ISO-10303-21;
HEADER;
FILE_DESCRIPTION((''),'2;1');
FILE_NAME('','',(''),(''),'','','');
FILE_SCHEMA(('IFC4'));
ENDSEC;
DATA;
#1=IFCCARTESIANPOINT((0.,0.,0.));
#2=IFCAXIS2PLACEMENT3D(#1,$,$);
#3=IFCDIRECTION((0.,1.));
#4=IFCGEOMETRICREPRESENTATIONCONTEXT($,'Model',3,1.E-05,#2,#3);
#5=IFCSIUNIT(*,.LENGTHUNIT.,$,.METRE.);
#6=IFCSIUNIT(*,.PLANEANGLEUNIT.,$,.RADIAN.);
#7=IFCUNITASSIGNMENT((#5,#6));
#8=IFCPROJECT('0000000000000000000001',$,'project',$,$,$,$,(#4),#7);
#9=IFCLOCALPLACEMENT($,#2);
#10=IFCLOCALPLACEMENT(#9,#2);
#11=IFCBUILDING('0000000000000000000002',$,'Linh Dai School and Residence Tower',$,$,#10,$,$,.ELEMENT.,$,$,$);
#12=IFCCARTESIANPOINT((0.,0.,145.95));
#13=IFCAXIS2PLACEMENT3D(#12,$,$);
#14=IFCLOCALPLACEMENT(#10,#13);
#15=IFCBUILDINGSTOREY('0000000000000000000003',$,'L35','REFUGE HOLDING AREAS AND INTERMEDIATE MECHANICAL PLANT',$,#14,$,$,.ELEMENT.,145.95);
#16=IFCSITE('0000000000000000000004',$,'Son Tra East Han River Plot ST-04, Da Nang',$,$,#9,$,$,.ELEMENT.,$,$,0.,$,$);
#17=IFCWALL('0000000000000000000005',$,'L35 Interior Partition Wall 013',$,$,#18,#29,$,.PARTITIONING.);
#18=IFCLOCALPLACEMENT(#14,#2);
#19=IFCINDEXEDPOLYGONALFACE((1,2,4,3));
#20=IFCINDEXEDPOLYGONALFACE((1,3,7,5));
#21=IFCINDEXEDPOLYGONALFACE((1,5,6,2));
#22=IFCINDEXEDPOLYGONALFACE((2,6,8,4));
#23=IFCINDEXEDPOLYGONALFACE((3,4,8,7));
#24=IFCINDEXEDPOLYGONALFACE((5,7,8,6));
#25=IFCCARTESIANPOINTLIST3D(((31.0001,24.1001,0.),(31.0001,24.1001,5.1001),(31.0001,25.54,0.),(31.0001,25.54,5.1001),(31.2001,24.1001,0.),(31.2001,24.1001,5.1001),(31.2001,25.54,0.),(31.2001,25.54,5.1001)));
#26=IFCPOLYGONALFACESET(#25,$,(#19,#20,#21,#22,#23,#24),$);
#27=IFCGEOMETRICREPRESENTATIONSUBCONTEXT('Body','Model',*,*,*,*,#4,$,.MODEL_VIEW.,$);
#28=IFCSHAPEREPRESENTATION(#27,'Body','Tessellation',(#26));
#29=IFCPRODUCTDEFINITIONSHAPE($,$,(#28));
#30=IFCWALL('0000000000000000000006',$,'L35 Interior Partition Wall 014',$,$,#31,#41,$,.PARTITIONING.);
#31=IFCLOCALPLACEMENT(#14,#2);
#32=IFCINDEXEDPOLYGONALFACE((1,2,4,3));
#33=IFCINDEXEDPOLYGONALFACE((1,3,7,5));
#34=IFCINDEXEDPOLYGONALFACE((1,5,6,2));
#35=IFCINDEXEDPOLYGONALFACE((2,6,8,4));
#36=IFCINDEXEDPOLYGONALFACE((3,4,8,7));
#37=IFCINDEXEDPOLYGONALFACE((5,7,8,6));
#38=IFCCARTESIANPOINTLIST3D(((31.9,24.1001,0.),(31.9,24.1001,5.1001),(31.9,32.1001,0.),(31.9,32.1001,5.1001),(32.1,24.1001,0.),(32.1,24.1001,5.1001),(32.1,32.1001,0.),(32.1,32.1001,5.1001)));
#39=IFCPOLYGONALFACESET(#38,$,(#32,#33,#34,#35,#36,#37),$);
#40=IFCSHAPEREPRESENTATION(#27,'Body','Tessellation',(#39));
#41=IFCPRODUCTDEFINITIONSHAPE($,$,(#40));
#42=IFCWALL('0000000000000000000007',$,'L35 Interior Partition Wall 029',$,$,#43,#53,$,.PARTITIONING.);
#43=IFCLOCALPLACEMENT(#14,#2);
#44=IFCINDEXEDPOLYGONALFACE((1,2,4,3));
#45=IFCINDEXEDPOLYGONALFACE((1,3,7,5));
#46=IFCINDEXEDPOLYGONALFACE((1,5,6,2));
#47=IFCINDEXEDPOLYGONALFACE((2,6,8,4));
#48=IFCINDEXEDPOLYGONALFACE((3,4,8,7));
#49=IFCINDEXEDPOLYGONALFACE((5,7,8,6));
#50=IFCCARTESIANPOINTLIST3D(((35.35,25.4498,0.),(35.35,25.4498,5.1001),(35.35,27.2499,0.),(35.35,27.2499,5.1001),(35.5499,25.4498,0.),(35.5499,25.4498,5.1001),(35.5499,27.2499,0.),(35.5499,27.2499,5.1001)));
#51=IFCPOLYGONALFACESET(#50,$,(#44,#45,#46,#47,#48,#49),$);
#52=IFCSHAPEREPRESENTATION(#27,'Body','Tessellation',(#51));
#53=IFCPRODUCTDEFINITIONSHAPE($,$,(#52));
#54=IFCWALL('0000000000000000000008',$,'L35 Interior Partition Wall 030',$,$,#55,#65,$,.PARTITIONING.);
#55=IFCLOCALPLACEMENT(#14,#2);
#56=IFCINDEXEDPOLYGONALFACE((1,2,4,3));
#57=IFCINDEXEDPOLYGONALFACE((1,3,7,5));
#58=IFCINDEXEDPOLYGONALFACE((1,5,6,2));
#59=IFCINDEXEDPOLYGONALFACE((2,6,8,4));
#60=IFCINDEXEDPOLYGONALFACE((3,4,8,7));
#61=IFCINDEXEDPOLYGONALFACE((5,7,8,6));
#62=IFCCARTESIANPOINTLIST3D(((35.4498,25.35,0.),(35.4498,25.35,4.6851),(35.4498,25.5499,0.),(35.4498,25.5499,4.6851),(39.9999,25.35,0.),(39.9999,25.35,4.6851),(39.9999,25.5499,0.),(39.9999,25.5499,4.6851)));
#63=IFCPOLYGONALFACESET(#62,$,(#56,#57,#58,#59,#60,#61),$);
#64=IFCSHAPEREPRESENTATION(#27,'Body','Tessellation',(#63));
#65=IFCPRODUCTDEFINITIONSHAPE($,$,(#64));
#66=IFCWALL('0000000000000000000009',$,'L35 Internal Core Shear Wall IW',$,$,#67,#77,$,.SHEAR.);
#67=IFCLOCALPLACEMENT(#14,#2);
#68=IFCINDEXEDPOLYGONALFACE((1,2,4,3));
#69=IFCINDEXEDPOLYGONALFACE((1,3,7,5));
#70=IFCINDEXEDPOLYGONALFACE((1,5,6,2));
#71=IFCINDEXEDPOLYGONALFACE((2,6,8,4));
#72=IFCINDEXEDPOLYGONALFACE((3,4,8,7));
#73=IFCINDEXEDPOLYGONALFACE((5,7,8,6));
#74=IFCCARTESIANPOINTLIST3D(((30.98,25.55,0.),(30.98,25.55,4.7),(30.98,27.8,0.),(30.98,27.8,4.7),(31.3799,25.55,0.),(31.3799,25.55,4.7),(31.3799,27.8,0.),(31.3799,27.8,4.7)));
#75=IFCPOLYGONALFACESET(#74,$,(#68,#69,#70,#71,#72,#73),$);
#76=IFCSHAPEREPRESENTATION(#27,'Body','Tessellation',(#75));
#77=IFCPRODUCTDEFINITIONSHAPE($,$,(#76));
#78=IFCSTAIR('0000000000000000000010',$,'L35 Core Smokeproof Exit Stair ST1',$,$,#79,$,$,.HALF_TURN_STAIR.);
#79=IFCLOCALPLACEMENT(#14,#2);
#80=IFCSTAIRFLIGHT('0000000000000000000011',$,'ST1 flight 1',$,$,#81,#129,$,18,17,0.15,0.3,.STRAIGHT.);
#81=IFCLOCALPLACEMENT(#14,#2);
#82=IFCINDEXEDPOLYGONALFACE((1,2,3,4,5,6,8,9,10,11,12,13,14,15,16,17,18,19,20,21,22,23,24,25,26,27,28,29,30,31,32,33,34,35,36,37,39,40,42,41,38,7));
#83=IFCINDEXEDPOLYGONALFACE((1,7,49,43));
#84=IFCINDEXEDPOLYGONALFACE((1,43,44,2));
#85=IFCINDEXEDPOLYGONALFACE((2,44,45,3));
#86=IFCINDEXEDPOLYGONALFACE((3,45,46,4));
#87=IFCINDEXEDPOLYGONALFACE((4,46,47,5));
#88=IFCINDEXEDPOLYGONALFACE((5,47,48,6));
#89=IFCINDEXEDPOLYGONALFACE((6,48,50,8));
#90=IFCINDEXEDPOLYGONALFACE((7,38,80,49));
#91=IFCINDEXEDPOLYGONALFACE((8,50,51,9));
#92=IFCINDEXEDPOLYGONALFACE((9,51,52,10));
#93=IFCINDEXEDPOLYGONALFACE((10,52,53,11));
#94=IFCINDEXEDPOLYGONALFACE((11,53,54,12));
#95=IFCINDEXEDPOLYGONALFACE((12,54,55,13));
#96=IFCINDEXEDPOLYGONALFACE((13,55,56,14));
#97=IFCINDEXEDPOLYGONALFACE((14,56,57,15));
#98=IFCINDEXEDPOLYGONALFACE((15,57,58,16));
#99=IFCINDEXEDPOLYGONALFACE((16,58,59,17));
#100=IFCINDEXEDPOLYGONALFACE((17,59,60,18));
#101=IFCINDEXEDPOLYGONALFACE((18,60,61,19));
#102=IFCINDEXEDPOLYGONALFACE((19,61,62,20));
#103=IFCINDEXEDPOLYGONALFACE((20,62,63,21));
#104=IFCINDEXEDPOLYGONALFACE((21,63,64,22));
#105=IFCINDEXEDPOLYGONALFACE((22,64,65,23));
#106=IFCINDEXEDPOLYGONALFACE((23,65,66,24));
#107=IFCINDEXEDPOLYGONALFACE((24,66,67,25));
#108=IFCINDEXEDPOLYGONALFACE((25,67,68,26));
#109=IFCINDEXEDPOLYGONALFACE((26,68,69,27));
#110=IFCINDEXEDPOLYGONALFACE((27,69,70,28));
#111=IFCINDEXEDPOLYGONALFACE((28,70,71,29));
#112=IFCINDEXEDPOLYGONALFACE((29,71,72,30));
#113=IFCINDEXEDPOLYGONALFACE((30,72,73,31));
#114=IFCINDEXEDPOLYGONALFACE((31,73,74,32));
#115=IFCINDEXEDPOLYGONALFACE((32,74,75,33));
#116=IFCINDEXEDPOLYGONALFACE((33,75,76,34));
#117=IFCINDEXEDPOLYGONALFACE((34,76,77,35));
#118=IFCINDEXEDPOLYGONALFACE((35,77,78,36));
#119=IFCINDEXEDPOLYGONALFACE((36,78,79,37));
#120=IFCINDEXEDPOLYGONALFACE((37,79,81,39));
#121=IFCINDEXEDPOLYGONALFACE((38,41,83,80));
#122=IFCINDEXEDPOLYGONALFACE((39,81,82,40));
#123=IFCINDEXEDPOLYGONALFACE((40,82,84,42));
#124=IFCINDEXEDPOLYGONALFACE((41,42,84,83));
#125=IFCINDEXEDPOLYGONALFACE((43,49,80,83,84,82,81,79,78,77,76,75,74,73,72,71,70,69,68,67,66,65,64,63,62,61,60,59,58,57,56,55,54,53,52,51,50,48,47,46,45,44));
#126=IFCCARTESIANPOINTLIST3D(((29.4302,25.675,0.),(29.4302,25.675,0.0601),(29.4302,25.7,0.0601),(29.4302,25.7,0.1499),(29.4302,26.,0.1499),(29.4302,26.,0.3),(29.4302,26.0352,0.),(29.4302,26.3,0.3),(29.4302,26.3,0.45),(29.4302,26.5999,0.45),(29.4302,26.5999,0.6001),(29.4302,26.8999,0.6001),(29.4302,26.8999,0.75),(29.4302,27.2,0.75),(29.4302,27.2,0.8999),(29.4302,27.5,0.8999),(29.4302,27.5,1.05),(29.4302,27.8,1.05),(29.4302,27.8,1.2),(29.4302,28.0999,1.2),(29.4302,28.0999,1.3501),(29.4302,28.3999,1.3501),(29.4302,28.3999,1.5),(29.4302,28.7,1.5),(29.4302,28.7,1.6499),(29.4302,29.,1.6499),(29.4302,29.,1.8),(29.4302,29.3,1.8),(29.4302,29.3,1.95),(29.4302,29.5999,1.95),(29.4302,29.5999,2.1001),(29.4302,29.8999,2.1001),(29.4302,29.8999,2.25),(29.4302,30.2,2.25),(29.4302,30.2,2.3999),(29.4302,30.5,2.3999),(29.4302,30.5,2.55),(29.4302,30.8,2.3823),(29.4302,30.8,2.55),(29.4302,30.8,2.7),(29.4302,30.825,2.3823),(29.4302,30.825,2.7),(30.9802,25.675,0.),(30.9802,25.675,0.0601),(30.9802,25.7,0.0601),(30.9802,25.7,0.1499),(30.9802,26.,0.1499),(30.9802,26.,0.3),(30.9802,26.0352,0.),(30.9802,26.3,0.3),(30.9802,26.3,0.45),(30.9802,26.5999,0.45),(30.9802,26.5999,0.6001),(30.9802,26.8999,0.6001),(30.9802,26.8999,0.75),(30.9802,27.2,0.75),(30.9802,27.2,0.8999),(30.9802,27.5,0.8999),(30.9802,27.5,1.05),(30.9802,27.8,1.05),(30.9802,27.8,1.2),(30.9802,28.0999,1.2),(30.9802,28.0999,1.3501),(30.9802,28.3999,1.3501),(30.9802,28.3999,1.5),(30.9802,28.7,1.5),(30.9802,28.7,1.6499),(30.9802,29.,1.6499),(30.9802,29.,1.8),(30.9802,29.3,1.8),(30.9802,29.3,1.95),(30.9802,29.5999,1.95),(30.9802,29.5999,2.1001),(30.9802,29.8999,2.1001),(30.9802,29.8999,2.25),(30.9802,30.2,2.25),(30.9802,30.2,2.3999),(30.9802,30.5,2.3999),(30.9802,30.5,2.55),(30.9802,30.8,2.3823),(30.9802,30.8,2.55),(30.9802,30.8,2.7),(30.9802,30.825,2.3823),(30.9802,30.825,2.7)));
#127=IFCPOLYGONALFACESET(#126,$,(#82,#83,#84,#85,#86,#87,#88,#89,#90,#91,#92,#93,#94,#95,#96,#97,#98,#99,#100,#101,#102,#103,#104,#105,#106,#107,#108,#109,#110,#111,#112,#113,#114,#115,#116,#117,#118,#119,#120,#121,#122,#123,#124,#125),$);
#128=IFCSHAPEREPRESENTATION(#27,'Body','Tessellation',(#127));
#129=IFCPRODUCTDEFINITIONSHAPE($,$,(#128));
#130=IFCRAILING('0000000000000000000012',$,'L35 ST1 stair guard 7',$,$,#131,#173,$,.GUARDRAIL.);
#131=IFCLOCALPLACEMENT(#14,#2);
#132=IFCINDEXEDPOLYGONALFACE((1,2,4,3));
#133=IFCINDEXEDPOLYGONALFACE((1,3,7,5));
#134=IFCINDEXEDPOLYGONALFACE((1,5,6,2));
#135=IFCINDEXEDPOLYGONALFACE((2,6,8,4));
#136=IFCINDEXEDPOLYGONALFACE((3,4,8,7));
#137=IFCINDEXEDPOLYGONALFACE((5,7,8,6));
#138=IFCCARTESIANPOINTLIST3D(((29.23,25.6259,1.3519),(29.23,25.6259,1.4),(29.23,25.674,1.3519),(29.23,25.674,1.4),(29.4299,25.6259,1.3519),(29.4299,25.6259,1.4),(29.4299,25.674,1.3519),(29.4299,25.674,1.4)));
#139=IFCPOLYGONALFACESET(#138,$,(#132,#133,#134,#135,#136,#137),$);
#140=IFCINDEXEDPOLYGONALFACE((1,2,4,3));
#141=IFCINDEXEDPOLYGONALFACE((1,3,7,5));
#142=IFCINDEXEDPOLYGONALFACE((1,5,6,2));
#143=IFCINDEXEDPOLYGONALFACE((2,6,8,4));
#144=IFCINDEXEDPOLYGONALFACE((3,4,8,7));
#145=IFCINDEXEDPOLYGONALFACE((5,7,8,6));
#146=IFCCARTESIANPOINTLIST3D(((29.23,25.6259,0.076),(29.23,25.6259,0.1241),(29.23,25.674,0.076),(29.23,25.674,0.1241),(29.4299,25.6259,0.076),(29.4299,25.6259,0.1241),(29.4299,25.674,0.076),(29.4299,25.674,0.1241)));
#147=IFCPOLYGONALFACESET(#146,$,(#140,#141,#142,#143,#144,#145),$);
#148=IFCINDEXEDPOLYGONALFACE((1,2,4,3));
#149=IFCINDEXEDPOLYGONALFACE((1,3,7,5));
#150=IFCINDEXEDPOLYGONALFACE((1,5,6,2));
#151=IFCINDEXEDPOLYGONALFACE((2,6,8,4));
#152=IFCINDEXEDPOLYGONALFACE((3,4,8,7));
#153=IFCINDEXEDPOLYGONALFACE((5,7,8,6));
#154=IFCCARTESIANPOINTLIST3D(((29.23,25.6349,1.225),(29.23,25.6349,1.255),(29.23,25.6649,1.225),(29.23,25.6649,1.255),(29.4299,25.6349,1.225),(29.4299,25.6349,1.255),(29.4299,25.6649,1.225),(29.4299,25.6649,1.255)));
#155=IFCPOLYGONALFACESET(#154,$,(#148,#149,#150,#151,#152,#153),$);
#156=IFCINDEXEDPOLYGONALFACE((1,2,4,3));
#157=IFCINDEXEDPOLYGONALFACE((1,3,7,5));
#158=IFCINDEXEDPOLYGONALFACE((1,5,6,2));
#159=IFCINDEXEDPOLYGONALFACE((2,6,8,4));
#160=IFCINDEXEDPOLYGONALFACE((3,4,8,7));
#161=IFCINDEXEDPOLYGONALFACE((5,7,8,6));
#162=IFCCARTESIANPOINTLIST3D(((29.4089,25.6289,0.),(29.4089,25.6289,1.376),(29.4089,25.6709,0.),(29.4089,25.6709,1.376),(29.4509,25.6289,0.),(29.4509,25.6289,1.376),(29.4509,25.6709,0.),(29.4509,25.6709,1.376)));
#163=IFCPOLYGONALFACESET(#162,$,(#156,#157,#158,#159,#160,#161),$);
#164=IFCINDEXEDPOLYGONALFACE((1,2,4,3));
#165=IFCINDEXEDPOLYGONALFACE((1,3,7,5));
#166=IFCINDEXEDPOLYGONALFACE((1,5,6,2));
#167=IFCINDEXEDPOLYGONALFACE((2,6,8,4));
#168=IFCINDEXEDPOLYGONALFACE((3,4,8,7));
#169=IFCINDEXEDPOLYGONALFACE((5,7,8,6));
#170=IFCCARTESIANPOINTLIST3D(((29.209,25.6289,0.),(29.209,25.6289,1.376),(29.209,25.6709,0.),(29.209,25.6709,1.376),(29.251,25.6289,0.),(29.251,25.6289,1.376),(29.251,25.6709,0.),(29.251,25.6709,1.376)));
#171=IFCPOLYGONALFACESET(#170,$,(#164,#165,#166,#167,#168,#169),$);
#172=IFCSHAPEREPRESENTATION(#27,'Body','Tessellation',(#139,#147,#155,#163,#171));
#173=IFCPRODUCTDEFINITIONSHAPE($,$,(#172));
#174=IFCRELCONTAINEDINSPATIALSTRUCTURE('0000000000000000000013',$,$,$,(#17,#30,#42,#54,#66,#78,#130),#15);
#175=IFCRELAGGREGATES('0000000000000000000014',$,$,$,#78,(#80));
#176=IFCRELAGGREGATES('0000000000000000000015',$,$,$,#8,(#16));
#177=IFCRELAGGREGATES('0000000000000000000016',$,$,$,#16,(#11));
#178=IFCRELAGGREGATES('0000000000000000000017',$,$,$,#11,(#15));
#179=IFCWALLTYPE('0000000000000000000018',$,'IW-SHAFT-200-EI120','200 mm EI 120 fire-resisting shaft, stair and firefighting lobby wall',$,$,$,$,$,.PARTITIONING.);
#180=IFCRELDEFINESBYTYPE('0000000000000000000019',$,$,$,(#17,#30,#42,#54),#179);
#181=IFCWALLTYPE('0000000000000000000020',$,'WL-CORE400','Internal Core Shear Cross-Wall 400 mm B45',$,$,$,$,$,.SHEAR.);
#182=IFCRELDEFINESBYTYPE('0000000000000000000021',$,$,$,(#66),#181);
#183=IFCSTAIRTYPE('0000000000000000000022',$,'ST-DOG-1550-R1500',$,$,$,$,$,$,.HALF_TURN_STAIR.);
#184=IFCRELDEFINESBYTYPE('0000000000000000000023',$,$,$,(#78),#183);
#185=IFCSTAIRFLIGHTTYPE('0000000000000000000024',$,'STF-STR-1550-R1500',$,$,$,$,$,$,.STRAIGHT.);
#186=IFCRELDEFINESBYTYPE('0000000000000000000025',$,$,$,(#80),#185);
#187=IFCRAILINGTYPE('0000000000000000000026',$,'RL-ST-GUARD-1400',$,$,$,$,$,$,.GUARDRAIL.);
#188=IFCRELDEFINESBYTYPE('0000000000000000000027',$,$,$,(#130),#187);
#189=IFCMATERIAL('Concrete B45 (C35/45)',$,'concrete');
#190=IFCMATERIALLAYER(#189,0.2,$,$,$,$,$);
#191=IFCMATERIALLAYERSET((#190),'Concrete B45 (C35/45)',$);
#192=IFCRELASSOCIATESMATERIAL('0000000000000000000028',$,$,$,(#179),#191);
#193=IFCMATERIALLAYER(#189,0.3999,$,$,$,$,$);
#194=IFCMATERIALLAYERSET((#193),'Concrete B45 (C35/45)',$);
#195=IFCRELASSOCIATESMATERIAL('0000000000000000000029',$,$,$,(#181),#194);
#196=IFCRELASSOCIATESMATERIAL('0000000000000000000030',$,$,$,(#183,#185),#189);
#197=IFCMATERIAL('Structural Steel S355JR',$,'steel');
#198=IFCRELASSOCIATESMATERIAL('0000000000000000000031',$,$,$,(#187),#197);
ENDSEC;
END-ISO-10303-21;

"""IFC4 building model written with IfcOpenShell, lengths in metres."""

from ifc_helpers import new_model, si_unit, direction, frame, frame_2d, origin, origin_2d, place, context, subcontext, project, spatial, polyline, rectangle, outline, extrude, source, transform, mapped, material, layer, layer_set, type_object, element, aggregate, save


model = new_model("IFC4")

# Units and contexts
model_context = context("Model", 3, precision=1e-05, world=origin(), true_north=direction((0.0, 1.0)))
body_context = subcontext(model_context, "Body", "Model", "MODEL_VIEW")
ifc_project = project(units=[si_unit("LENGTHUNIT", "METRE"), si_unit("PLANEANGLEUNIT", "RADIAN")], contexts=[model_context])

# Site, building, storey
site_placement = place(None, origin())
site = spatial("IfcSite", under=ifc_project, at=site_placement, Name="Son Tra East Han River Plot ST-04, Da Nang", CompositionType="ELEMENT", RefElevation=0.0)
building_placement = place(site_placement, origin())
building = spatial("IfcBuilding", under=site, at=building_placement, Name="Linh Dai School and Residence Tower", CompositionType="ELEMENT")
storey_placement = place(building_placement, frame((0.0, 0.0, 145.95)))
storey = spatial("IfcBuildingStorey", under=building, at=storey_placement, Name="L35", Description="REFUGE HOLDING AREAS AND INTERMEDIATE MECHANICAL PLANT", CompositionType="ELEMENT", Elevation=145.95)

# Shared definitions
ifc_material_1 = material(Name="Structural Steel S355JR", Category="steel")

# Walls
ifc_material_2 = material(Name="Concrete B45 (C35/45)", Category="concrete")
ifc_layer_1 = layer(ifc_material_2, 0.2)
ifc_layer_set_1 = layer_set([ifc_layer_1], Name="Concrete B45 (C35/45)")
wall_type_1 = type_object("IfcWallType", Name="IW-SHAFT-200-EI120", Description="200 mm EI 120 fire-resisting shaft, stair and firefighting lobby wall", PredefinedType="PARTITIONING", material=ifc_layer_set_1)
wall_1_placement = place(storey_placement, frame((31.1001, 24.1001, 0.0), z_axis=(0.0, 0.0, 1.0), x_axis=(0.0, 1.0, 0.0)))
element("IfcWall", 1, at=wall_1_placement, inside=storey, type_object=wall_type_1, Name="L35 Interior Partition Wall 013", PredefinedType="PARTITIONING", context=body_context, shape_type="SweptSolid", body=[
    extrude(rectangle(XDim=1.4399, YDim=0.2, at=frame_2d((0.72, 0.0))), origin(), (0.0, 0.0, 1.0), 5.1001),
])
wall_2_placement = place(storey_placement, frame((32.0, 24.1001, 0.0), z_axis=(0.0, 0.0, 1.0), x_axis=(0.0, 1.0, 0.0)))
element("IfcWall", 2, at=wall_2_placement, inside=storey, type_object=wall_type_1, Name="L35 Interior Partition Wall 014", PredefinedType="PARTITIONING", context=body_context, shape_type="SweptSolid", body=[
    extrude(rectangle(XDim=8.0, YDim=0.2, at=frame_2d((4.0, 0.0))), origin(), (0.0, 0.0, 1.0), 5.1001),
])

# Walls
wall_3_placement = place(storey_placement, frame((35.45, 25.45, 0.0), z_axis=(0.0, 0.0, 1.0), x_axis=(0.0, 1.0, 0.0)))
element("IfcWall", 3, at=wall_3_placement, inside=storey, type_object=wall_type_1, Name="L35 Interior Partition Wall 029", PredefinedType="PARTITIONING", context=body_context, shape_type="SweptSolid", body=[
    extrude(rectangle(XDim=1.8, YDim=0.2, at=frame_2d((0.8999, 0.0))), origin(), (0.0, 0.0, 1.0), 5.1001),
])
wall_4_placement = place(storey_placement, frame((35.45, 25.45, 0.0), z_axis=(0.0, 0.0, 1.0), x_axis=(1.0, 0.0, 0.0)))
element("IfcWall", 4, at=wall_4_placement, inside=storey, type_object=wall_type_1, Name="L35 Interior Partition Wall 030", PredefinedType="PARTITIONING", context=body_context, shape_type="SweptSolid", body=[
    extrude(rectangle(XDim=4.55, YDim=0.2, at=frame_2d((2.2749, 0.0))), origin(), (0.0, 0.0, 1.0), 4.6851),
])
ifc_layer_2 = layer(ifc_material_2, 0.3999)
ifc_layer_set_2 = layer_set([ifc_layer_2], Name="Concrete B45 (C35/45)")
wall_type_2 = type_object("IfcWallType", Name="WL-CORE400", Description="Internal Core Shear Cross-Wall 400 mm B45", PredefinedType="SHEAR", material=ifc_layer_set_2)
wall_5_placement = place(storey_placement, frame((31.1799, 25.55, 0.0), z_axis=(0.0, 0.0, 1.0), x_axis=(0.0, 1.0, 0.0)))
element("IfcWall", 5, at=wall_5_placement, inside=storey, type_object=wall_type_2, Name="L35 Internal Core Shear Wall IW", PredefinedType="SHEAR", context=body_context, shape_type="SweptSolid", body=[
    extrude(rectangle(XDim=2.25, YDim=0.3999, at=frame_2d((1.125, 0.0))), origin(), (0.0, 0.0, 1.0), 4.7),
])

# Stair, stair flight
stair_type = type_object("IfcStairType", Name="ST-DOG-1550-R1500", PredefinedType="HALF_TURN_STAIR", material=ifc_material_2)
stair_placement = place(storey_placement, origin())
stair = element("IfcStair", 6, at=stair_placement, inside=storey, type_object=stair_type, Name="L35 Core Smokeproof Exit Stair ST1", PredefinedType="HALF_TURN_STAIR")
stair_flight_type = type_object("IfcStairFlightType", Name="STF-STR-1550-R1500", PredefinedType="STRAIGHT", material=ifc_material_2)
shared_shape_1 = source(origin(), body_context, "Body", "SweptSolid", [
    extrude(outline(polyline([(-0.0249, 0.0), (-0.0249, 0.0601), (0.0, 0.0601), (0.0, 0.1499), (0.3, 0.1499), (0.3, 0.3), (0.6001, 0.3), (0.6001, 0.45), (0.8999, 0.45), (0.8999, 0.6001), (1.2, 0.6001), (1.2, 0.75), (1.5, 0.75), (1.5, 0.8999), (1.8, 0.8999), (1.8, 1.05), (2.1001, 1.05), (2.1001, 1.2), (2.3999, 1.2), (2.3999, 1.3501), (2.7, 1.3501), (2.7, 1.5), (3.0, 1.5), (3.0, 1.6499), (3.3, 1.6499), (3.3, 1.8), (3.6001, 1.8), (3.6001, 1.95), (3.8999, 1.95), (3.8999, 2.1001), (4.2, 2.1001), (4.2, 2.25), (4.5, 2.25), (4.5, 2.3999), (4.8, 2.3999), (4.8, 2.55), (5.1001, 2.55), (5.1001, 2.7), (5.125, 2.7), (5.125, 2.3823), (5.1001, 2.3823), (0.3352, 0.0), (-0.0249, 0.0)])), frame((0.0, 0.7749, 0.0), z_axis=(0.0, -1.0, 0.0), x_axis=(1.0, 0.0, 0.0)), (0.0, 0.0, 1.0), 1.55),
])
stair_flight_placement = place(storey_placement, frame((30.2051, 25.7, 0.0), z_axis=(0.0, 0.0, 1.0), x_axis=(0.0, 1.0, 0.0)))
stair_flight = element("IfcStairFlight", 7, at=stair_flight_placement, type_object=stair_flight_type, Name="ST1 flight 1", NumberOfRisers=18, NumberOfTreads=17, PredefinedType="STRAIGHT", RiserHeight=0.15, TreadLength=0.3, context=body_context, shape_type="MappedRepresentation", body=[
    mapped(shared_shape_1, transform((0.0, 0.0, 0.0), x_axis=(1.0, 0.0, 0.0), y_axis=(0.0, 1.0, 0.0), z_axis=(0.0, 0.0, 1.0), scale=1.0)),
])
aggregate(stair, [stair_flight])

# Railing
railing_type_1 = type_object("IfcRailingType", Name="RL-ST-GUARD-1400", PredefinedType="GUARDRAIL", material=ifc_material_1)
shared_shape_2 = source(origin(), body_context, "Body", "SweptSolid", [
    extrude(rectangle(XDim=0.0481, YDim=0.0481, at=origin_2d()), frame((0.0, 0.0, 1.376), z_axis=(-1.0, 0.0, 0.0), x_axis=(0.0, -1.0, 0.0)), (0.0, 0.0, 1.0), 0.2),
    extrude(rectangle(XDim=0.0481, YDim=0.0481, at=origin_2d()), frame((0.0, 0.0, 0.1001), z_axis=(-1.0, 0.0, 0.0), x_axis=(0.0, -1.0, 0.0)), (0.0, 0.0, 1.0), 0.2),
    extrude(rectangle(XDim=0.03, YDim=0.03, at=origin_2d()), frame((0.0, 0.0, 1.24), z_axis=(-1.0, 0.0, 0.0), x_axis=(0.0, -1.0, 0.0)), (0.0, 0.0, 1.0), 0.2),
    extrude(rectangle(XDim=0.042, YDim=0.042, at=origin_2d()), origin(), (0.0, 0.0, 1.0), 1.376),
    extrude(rectangle(XDim=0.042, YDim=0.042, at=origin_2d()), frame((-0.2, 0.0, 0.0)), (0.0, 0.0, 1.0), 1.376),
])
railing_1_placement = place(storey_placement, frame((29.4299, 25.6499, 0.0)))
element("IfcRailing", 8, at=railing_1_placement, inside=storey, type_object=railing_type_1, Name="L35 ST1 stair guard 7", PredefinedType="GUARDRAIL", context=body_context, shape_type="MappedRepresentation", body=[
    mapped(shared_shape_2, transform((0.0, 0.0, 0.0), x_axis=(1.0, 0.0, 0.0), y_axis=(0.0, 1.0, 0.0), z_axis=(0.0, 0.0, 1.0), scale=1.0)),
])

save(model, "model.ifc")
